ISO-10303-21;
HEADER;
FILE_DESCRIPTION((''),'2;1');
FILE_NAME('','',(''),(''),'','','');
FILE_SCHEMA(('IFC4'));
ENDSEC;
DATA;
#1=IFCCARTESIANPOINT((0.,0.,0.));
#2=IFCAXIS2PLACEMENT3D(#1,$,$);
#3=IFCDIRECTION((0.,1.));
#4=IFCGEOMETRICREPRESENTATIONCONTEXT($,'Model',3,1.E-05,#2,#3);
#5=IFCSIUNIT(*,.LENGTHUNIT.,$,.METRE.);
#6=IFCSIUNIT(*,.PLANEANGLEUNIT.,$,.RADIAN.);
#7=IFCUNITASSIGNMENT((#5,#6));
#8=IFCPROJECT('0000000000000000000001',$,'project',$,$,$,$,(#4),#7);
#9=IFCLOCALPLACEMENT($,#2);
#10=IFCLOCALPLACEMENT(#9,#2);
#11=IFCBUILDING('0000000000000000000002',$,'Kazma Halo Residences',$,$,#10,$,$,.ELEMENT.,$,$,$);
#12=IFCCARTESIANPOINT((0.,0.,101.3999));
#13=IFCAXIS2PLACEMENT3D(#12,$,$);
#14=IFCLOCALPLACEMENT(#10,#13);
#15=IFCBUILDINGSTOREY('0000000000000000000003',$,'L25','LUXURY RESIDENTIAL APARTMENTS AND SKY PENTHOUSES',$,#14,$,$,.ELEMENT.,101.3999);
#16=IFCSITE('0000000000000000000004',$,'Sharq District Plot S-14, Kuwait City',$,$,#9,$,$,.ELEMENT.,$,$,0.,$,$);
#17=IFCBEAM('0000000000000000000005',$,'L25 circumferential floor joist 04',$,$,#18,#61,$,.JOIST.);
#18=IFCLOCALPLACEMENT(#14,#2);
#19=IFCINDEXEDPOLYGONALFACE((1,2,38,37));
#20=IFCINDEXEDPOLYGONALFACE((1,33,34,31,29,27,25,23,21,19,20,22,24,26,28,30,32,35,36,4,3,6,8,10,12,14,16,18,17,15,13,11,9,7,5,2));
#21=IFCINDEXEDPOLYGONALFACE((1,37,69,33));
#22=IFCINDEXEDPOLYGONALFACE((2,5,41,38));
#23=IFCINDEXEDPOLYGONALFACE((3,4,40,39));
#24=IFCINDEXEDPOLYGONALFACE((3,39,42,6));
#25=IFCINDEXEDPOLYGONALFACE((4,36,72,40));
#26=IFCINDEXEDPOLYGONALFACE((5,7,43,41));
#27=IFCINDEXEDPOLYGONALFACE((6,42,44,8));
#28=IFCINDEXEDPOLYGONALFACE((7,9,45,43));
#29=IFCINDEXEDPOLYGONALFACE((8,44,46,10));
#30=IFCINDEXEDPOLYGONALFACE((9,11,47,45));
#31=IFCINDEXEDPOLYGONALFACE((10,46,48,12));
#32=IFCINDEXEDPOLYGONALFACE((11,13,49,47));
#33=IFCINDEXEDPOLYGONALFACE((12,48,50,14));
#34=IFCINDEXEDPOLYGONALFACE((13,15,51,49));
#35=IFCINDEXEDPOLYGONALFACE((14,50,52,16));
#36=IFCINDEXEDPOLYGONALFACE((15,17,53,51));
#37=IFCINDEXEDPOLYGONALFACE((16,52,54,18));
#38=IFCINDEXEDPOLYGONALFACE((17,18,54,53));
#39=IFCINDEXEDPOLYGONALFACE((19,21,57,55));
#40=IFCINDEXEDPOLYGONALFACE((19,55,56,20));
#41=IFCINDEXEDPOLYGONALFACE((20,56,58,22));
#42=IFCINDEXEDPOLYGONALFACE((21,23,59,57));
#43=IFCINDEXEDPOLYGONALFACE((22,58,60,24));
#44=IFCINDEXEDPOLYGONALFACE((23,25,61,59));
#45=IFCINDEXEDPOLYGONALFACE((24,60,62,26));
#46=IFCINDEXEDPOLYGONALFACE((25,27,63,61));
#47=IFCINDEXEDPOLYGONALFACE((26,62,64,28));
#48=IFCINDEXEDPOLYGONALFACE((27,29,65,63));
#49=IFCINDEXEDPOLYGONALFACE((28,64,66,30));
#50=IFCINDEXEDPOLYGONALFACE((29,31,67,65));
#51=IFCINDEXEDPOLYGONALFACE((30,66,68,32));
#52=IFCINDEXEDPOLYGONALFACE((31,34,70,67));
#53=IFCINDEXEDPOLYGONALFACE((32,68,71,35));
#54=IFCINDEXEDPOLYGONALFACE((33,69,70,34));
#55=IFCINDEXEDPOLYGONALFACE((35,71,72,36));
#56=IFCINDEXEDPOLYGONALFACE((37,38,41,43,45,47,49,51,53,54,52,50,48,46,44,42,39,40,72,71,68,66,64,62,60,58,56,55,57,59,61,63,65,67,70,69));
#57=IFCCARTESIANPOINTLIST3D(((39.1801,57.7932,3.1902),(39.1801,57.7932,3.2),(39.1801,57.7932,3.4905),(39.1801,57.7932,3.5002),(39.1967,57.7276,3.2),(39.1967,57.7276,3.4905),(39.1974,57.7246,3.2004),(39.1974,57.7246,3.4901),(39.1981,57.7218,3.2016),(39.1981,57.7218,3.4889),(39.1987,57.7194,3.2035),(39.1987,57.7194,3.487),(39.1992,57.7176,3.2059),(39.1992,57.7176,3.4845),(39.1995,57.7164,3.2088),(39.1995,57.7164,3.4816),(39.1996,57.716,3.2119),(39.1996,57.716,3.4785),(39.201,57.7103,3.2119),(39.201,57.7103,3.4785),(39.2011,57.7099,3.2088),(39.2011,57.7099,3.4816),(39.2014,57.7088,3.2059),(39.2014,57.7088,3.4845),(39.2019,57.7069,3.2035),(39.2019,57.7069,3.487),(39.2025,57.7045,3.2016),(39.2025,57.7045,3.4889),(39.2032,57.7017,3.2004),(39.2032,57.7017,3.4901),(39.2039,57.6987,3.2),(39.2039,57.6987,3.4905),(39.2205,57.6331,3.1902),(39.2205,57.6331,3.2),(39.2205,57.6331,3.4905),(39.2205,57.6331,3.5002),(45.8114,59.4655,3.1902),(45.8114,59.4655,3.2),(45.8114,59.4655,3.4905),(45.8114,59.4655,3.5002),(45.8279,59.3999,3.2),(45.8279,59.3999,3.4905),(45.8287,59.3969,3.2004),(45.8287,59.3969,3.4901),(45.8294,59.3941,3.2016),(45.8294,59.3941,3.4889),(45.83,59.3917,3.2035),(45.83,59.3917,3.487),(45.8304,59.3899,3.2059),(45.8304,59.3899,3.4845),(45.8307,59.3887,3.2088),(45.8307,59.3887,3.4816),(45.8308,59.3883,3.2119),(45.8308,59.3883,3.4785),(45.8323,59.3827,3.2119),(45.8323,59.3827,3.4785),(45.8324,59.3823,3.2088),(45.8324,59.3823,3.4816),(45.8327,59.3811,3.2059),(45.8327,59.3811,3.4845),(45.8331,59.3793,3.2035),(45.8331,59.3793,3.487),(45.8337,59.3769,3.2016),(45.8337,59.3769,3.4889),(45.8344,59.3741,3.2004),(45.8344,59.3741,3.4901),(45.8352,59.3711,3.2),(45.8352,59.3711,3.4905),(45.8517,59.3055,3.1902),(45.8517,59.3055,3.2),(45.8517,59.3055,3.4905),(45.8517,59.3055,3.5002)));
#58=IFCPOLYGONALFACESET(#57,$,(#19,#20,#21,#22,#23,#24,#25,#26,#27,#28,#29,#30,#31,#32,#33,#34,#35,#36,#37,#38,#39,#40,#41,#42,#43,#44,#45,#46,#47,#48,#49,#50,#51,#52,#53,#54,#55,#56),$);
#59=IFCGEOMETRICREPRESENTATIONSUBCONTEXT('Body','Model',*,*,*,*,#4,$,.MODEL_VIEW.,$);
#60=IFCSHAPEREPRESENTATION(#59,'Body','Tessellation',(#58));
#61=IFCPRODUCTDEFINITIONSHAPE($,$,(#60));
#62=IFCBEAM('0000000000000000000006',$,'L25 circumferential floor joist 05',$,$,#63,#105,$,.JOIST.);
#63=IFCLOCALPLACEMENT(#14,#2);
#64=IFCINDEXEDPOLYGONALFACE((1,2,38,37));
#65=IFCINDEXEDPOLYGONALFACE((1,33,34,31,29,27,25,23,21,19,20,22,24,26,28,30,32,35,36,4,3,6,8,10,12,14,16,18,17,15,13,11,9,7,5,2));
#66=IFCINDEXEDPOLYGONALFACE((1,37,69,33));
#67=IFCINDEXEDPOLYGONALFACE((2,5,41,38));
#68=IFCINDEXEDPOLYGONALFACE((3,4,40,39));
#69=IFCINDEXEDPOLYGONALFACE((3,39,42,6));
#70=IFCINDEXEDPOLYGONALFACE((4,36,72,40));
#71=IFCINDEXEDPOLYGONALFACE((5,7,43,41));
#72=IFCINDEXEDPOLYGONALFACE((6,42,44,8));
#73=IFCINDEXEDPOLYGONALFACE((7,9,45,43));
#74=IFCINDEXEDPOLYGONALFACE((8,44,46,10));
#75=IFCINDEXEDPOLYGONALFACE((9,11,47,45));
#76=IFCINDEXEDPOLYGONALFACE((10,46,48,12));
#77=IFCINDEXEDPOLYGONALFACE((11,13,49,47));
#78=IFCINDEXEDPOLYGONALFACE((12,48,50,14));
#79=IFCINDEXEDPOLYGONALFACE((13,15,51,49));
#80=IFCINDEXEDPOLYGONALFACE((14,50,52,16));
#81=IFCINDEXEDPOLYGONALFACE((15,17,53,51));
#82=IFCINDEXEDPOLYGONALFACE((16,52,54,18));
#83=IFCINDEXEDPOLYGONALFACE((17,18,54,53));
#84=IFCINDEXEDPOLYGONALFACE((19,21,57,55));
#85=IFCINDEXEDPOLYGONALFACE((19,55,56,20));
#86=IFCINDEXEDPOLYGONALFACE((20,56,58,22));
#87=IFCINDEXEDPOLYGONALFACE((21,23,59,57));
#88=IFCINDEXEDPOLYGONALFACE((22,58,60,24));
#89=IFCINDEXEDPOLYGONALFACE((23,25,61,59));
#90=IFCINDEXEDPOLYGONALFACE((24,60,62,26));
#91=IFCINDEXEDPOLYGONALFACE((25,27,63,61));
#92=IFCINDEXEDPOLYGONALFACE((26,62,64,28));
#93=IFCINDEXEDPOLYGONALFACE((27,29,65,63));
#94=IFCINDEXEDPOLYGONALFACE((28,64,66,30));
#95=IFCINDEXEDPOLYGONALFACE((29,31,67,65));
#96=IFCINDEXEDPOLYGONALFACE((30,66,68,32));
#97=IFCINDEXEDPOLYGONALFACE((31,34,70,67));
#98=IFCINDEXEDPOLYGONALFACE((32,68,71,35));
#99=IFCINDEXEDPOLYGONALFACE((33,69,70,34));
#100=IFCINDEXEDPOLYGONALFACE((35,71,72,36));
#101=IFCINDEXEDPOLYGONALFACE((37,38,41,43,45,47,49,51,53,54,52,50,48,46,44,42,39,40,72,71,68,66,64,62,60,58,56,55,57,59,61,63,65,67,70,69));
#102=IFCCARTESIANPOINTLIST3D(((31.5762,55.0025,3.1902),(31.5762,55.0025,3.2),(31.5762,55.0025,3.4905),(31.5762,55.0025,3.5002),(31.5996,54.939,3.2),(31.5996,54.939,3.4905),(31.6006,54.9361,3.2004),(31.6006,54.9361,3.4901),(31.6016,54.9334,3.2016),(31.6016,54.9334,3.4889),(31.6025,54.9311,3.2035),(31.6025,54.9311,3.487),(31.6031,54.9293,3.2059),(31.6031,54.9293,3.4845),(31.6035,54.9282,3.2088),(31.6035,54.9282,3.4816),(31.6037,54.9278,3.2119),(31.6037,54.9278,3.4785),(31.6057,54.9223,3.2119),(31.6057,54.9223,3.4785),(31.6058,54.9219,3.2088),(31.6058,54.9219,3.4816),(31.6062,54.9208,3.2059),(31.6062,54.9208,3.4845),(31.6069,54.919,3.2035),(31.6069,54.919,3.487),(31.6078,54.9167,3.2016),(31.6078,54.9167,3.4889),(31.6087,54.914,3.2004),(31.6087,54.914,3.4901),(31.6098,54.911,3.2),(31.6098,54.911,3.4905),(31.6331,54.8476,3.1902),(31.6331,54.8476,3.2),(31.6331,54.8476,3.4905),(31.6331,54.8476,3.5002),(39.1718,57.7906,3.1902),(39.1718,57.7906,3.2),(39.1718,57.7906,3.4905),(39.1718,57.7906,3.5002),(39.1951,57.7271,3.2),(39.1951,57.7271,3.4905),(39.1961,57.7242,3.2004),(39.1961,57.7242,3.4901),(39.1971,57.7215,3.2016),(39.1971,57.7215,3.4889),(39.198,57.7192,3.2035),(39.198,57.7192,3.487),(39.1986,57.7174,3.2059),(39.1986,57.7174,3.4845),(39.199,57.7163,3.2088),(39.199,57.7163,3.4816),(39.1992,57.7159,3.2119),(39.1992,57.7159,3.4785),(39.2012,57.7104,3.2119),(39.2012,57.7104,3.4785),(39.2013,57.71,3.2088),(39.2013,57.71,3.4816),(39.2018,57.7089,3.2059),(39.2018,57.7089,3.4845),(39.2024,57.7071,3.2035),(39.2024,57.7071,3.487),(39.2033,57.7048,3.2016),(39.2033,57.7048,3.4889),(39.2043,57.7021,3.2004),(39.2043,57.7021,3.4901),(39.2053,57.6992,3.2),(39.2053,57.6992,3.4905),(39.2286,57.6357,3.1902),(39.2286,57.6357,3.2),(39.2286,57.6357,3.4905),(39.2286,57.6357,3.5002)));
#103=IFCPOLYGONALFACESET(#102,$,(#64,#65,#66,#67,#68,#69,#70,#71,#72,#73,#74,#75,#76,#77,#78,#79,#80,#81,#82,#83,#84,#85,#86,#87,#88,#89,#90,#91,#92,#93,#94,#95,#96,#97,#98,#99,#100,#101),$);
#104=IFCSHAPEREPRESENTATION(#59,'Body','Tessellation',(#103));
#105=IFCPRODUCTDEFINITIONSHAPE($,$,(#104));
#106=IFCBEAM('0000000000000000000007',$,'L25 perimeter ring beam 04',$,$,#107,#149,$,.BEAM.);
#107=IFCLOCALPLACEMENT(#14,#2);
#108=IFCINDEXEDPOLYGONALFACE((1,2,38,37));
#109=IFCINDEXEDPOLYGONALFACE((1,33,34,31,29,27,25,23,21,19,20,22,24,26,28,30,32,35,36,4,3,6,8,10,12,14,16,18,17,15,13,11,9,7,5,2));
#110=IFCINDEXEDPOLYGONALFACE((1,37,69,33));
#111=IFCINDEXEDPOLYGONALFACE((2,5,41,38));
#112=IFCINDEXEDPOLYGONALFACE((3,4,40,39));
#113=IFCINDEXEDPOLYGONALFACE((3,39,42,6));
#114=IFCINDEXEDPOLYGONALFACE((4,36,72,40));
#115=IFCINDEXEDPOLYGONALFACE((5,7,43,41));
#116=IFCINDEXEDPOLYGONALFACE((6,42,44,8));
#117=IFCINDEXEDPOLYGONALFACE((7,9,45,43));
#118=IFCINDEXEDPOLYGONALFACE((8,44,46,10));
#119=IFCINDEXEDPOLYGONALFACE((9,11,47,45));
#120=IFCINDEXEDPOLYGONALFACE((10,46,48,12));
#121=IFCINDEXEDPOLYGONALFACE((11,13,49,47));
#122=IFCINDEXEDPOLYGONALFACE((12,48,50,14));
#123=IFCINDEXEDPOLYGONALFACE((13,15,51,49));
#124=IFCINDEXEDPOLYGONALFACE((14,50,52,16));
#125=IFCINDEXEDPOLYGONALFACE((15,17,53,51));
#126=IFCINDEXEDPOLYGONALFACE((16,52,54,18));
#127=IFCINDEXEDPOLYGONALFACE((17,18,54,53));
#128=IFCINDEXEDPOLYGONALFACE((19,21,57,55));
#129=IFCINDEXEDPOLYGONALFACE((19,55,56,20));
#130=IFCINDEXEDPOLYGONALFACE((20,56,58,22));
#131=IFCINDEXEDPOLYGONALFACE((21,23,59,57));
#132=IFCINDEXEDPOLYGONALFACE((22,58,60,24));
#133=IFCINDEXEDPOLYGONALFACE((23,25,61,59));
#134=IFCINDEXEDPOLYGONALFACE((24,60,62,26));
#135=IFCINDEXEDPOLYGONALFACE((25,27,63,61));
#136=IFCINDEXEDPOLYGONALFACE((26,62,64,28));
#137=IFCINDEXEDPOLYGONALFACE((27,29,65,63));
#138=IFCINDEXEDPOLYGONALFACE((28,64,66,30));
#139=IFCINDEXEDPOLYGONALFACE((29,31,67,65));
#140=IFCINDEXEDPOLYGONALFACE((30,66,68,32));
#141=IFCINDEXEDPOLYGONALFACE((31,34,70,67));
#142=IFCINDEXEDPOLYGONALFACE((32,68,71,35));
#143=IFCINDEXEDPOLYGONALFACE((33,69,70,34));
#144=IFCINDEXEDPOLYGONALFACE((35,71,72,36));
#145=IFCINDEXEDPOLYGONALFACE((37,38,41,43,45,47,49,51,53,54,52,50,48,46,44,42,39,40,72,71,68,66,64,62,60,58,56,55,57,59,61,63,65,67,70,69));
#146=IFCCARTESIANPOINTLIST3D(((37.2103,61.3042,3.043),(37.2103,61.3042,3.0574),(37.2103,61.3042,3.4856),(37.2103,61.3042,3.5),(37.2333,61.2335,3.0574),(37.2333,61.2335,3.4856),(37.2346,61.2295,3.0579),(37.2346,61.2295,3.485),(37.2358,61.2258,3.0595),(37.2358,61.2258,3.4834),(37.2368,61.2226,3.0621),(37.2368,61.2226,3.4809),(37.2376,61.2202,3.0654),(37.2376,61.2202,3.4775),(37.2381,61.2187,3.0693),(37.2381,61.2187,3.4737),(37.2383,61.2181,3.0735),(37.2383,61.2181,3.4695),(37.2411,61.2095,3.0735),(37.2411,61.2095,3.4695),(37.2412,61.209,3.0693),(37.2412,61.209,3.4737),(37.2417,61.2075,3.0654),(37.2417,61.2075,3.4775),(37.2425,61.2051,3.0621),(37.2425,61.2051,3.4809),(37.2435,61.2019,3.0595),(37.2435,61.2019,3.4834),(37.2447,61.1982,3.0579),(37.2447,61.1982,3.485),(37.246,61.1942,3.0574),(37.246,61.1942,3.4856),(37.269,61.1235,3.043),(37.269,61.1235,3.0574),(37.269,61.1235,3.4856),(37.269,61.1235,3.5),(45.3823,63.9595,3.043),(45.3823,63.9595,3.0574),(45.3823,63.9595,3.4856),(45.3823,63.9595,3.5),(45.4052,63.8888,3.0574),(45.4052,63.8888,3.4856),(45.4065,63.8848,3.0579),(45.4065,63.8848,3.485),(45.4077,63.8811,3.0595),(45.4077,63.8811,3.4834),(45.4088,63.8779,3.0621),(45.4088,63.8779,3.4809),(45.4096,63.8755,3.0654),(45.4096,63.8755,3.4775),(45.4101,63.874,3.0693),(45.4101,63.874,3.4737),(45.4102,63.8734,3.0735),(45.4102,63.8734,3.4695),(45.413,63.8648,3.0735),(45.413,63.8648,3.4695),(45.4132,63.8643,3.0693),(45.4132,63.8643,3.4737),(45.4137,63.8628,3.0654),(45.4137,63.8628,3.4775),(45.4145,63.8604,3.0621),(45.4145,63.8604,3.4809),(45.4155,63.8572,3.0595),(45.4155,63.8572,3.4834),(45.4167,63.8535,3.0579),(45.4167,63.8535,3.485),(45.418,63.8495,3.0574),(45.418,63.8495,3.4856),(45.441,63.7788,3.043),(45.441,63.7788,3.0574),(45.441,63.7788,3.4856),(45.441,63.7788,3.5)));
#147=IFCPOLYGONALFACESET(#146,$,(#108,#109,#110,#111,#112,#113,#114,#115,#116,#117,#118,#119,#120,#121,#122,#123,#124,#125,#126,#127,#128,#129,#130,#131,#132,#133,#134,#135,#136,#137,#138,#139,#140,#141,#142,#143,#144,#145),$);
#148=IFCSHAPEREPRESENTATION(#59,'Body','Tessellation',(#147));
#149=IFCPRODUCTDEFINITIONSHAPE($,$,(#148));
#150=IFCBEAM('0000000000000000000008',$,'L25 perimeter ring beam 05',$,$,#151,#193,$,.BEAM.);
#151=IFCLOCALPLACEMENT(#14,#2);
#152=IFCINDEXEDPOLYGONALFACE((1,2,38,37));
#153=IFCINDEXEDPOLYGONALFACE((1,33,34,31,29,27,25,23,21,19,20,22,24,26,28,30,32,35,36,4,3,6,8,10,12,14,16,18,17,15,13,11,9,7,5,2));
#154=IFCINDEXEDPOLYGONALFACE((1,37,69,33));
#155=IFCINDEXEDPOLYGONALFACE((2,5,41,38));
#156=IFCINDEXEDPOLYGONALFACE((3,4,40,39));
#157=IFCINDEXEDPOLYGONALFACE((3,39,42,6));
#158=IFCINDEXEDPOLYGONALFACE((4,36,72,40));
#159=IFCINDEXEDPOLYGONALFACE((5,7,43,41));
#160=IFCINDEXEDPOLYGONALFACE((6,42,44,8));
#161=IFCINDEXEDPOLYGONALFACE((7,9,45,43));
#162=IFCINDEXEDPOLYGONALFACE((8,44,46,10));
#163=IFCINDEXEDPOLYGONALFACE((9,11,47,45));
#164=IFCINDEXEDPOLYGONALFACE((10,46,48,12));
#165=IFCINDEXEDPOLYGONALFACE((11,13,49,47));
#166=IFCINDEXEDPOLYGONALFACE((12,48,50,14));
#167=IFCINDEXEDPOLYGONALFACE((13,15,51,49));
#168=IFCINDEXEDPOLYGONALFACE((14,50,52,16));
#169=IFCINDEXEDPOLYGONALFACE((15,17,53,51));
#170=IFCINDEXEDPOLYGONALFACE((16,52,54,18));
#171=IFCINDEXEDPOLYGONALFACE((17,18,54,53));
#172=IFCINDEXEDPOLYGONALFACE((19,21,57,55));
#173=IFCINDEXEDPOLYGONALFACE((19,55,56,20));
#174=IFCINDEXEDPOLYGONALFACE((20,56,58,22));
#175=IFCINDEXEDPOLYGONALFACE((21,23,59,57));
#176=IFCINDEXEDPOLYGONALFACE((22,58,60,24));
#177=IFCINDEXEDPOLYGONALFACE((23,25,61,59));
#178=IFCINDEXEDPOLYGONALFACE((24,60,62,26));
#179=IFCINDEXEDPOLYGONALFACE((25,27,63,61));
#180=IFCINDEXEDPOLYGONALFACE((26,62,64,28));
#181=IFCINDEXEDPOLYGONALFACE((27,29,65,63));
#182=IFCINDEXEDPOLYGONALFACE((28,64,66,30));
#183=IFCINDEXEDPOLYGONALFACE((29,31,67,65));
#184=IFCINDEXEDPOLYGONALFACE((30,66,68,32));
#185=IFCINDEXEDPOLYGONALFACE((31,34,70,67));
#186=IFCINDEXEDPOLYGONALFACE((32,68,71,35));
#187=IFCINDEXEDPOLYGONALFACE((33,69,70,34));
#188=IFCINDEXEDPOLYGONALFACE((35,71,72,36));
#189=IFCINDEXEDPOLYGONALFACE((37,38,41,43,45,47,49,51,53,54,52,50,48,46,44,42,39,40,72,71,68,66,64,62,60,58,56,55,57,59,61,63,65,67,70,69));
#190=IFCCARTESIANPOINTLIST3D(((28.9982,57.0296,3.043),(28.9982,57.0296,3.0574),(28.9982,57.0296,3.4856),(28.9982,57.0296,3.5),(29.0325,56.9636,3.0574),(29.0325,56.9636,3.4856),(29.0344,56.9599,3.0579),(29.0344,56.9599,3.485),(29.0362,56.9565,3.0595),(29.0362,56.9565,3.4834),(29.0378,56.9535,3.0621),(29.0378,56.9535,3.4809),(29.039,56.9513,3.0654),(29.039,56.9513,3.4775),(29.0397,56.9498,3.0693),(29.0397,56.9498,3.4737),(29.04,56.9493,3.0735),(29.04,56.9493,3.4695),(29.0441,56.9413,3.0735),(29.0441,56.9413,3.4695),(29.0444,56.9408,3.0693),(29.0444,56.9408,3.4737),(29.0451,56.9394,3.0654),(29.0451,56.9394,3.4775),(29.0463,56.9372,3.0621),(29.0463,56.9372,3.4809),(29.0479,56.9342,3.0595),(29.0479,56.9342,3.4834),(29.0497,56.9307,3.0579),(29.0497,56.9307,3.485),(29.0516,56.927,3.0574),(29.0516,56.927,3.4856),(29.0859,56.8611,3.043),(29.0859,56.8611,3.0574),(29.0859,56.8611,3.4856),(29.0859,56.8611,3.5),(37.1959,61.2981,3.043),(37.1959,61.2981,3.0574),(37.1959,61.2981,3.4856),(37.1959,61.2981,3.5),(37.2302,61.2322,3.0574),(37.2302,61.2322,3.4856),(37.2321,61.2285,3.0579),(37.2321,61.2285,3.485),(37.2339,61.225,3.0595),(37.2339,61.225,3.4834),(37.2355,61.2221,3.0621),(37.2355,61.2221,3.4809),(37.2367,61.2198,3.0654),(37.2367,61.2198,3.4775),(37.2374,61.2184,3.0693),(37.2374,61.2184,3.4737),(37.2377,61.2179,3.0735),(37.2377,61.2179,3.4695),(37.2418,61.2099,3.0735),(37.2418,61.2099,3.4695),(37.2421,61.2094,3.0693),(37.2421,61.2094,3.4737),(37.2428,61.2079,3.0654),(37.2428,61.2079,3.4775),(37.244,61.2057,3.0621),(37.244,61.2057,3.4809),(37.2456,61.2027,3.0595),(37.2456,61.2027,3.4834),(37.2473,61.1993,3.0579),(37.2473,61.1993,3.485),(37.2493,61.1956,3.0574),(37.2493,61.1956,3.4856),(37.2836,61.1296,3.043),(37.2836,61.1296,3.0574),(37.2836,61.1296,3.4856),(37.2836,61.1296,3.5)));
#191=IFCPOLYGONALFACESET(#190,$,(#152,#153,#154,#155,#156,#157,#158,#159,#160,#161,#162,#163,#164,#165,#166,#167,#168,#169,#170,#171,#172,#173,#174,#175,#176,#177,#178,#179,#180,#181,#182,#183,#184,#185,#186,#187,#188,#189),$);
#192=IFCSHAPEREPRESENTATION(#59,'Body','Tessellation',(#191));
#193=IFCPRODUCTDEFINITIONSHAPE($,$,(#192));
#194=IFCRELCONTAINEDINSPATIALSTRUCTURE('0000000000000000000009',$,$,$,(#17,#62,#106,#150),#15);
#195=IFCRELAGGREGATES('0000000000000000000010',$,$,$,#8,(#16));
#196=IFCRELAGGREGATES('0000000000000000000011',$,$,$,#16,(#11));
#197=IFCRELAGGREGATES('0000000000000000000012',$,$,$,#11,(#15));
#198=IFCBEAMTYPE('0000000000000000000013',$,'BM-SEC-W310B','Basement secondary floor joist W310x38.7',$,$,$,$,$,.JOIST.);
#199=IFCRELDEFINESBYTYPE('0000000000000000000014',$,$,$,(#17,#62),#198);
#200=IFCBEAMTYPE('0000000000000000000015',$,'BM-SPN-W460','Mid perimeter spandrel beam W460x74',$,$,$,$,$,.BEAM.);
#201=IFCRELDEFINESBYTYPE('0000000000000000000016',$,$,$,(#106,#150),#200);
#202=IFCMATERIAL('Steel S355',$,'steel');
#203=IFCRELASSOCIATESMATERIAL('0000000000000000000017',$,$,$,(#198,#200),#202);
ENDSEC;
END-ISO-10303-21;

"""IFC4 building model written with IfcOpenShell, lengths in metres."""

from ifc_helpers import new_model, si_unit, direction, frame, origin, origin_2d, place, context, subcontext, project, spatial, i_section, extrude, material, material_profile, profile_set, type_object, element, save


model = new_model("IFC4")

# Units and contexts
model_context = context("Model", 3, precision=1e-05, world=origin(), true_north=direction((0.0, 1.0)))
body_context = subcontext(model_context, "Body", "Model", "MODEL_VIEW")
ifc_project = project(units=[si_unit("LENGTHUNIT", "METRE"), si_unit("PLANEANGLEUNIT", "RADIAN")], contexts=[model_context])

# Site, building, storey
site_placement = place(None, origin())
site = spatial("IfcSite", under=ifc_project, at=site_placement, Name="Sharq District Plot S-14, Kuwait City", CompositionType="ELEMENT", RefElevation=0.0)
building_placement = place(site_placement, origin())
building = spatial("IfcBuilding", under=site, at=building_placement, Name="Kazma Halo Residences", CompositionType="ELEMENT")
storey_placement = place(building_placement, frame((0.0, 0.0, 101.3999)))
storey = spatial("IfcBuildingStorey", under=building, at=storey_placement, Name="L25", Description="LUXURY RESIDENTIAL APARTMENTS AND SKY PENTHOUSES", CompositionType="ELEMENT", Elevation=101.3999)

# Beams
ifc_material_1 = material(Name="Steel S355", Category="steel")
ifc_material_profile_1 = material_profile(ifc_material_1, i_section(OverallWidth=0.165, OverallDepth=0.3101, WebThickness=0.0059, FlangeThickness=0.0098, FilletRadius=0.012, at=origin_2d()), Name="W310x38.7")
ifc_profile_set_1 = profile_set([ifc_material_profile_1], Name="Steel S355")
beam_type_1 = type_object("IfcBeamType", Name="BM-SEC-W310B", Description="Basement secondary floor joist W310x38.7", PredefinedType="JOIST", material=ifc_profile_set_1)
beam_1_placement = place(storey_placement, frame((45.8315, 59.3855, 3.3452), z_axis=(-0.969641, -0.244534, 0.0), x_axis=(0.244534, -0.969641, 0.0)))
element("IfcBeam", 1, at=beam_1_placement, inside=storey, type_object=beam_type_1, Name="L25 circumferential floor joist 04", PredefinedType="JOIST", context=body_context, shape_type="SweptSolid", body=[
    extrude(i_section(OverallWidth=0.165, OverallDepth=0.3101, WebThickness=0.0059, FlangeThickness=0.0098, FilletRadius=0.012, at=origin_2d()), origin(), (0.0, 0.0, 1.0), 6.8389),
])
beam_2_placement = place(storey_placement, frame((39.2002, 57.7131, 3.3452), z_axis=(-0.938753, -0.344591, 0.0), x_axis=(0.344591, -0.938753, 0.0)))
element("IfcBeam", 2, at=beam_2_placement, inside=storey, type_object=beam_type_1, Name="L25 circumferential floor joist 05", PredefinedType="JOIST", context=body_context, shape_type="SweptSolid", body=[
    extrude(i_section(OverallWidth=0.165, OverallDepth=0.3101, WebThickness=0.0059, FlangeThickness=0.0098, FilletRadius=0.012, at=origin_2d()), origin(), (0.0, 0.0, 1.0), 8.0911),
])
ifc_material_profile_2 = material_profile(ifc_material_1, i_section(OverallWidth=0.1899, OverallDepth=0.457, WebThickness=0.009, FlangeThickness=0.0144, FilletRadius=0.0161, at=origin_2d()), Name="W460x74")
ifc_profile_set_2 = profile_set([ifc_material_profile_2], Name="Steel S355")
beam_type_2 = type_object("IfcBeamType", Name="BM-SPN-W460", Description="Mid perimeter spandrel beam W460x74", PredefinedType="BEAM", material=ifc_profile_set_2)
beam_3_placement = place(storey_placement, frame((45.4116, 63.8691, 3.2715), z_axis=(-0.951054, -0.309024, 0.0), x_axis=(0.309024, -0.951054, 0.0)))
element("IfcBeam", 3, at=beam_3_placement, inside=storey, type_object=beam_type_2, Name="L25 perimeter ring beam 04", PredefinedType="BEAM", context=body_context, shape_type="SweptSolid", body=[
    extrude(i_section(OverallWidth=0.1899, OverallDepth=0.457, WebThickness=0.009, FlangeThickness=0.0144, FilletRadius=0.0161, at=origin_2d()), origin(), (0.0, 0.0, 1.0), 8.5925),
])
beam_4_placement = place(storey_placement, frame((37.2397, 61.2139, 3.2715), z_axis=(-0.886963, -0.46184, 0.0), x_axis=(0.46184, -0.886963, 0.0)))
element("IfcBeam", 4, at=beam_4_placement, inside=storey, type_object=beam_type_2, Name="L25 perimeter ring beam 05", PredefinedType="BEAM", context=body_context, shape_type="SweptSolid", body=[
    extrude(i_section(OverallWidth=0.1899, OverallDepth=0.457, WebThickness=0.009, FlangeThickness=0.0144, FilletRadius=0.0161, at=origin_2d()), origin(), (0.0, 0.0, 1.0), 9.2424),
])

save(model, "model.ifc")
